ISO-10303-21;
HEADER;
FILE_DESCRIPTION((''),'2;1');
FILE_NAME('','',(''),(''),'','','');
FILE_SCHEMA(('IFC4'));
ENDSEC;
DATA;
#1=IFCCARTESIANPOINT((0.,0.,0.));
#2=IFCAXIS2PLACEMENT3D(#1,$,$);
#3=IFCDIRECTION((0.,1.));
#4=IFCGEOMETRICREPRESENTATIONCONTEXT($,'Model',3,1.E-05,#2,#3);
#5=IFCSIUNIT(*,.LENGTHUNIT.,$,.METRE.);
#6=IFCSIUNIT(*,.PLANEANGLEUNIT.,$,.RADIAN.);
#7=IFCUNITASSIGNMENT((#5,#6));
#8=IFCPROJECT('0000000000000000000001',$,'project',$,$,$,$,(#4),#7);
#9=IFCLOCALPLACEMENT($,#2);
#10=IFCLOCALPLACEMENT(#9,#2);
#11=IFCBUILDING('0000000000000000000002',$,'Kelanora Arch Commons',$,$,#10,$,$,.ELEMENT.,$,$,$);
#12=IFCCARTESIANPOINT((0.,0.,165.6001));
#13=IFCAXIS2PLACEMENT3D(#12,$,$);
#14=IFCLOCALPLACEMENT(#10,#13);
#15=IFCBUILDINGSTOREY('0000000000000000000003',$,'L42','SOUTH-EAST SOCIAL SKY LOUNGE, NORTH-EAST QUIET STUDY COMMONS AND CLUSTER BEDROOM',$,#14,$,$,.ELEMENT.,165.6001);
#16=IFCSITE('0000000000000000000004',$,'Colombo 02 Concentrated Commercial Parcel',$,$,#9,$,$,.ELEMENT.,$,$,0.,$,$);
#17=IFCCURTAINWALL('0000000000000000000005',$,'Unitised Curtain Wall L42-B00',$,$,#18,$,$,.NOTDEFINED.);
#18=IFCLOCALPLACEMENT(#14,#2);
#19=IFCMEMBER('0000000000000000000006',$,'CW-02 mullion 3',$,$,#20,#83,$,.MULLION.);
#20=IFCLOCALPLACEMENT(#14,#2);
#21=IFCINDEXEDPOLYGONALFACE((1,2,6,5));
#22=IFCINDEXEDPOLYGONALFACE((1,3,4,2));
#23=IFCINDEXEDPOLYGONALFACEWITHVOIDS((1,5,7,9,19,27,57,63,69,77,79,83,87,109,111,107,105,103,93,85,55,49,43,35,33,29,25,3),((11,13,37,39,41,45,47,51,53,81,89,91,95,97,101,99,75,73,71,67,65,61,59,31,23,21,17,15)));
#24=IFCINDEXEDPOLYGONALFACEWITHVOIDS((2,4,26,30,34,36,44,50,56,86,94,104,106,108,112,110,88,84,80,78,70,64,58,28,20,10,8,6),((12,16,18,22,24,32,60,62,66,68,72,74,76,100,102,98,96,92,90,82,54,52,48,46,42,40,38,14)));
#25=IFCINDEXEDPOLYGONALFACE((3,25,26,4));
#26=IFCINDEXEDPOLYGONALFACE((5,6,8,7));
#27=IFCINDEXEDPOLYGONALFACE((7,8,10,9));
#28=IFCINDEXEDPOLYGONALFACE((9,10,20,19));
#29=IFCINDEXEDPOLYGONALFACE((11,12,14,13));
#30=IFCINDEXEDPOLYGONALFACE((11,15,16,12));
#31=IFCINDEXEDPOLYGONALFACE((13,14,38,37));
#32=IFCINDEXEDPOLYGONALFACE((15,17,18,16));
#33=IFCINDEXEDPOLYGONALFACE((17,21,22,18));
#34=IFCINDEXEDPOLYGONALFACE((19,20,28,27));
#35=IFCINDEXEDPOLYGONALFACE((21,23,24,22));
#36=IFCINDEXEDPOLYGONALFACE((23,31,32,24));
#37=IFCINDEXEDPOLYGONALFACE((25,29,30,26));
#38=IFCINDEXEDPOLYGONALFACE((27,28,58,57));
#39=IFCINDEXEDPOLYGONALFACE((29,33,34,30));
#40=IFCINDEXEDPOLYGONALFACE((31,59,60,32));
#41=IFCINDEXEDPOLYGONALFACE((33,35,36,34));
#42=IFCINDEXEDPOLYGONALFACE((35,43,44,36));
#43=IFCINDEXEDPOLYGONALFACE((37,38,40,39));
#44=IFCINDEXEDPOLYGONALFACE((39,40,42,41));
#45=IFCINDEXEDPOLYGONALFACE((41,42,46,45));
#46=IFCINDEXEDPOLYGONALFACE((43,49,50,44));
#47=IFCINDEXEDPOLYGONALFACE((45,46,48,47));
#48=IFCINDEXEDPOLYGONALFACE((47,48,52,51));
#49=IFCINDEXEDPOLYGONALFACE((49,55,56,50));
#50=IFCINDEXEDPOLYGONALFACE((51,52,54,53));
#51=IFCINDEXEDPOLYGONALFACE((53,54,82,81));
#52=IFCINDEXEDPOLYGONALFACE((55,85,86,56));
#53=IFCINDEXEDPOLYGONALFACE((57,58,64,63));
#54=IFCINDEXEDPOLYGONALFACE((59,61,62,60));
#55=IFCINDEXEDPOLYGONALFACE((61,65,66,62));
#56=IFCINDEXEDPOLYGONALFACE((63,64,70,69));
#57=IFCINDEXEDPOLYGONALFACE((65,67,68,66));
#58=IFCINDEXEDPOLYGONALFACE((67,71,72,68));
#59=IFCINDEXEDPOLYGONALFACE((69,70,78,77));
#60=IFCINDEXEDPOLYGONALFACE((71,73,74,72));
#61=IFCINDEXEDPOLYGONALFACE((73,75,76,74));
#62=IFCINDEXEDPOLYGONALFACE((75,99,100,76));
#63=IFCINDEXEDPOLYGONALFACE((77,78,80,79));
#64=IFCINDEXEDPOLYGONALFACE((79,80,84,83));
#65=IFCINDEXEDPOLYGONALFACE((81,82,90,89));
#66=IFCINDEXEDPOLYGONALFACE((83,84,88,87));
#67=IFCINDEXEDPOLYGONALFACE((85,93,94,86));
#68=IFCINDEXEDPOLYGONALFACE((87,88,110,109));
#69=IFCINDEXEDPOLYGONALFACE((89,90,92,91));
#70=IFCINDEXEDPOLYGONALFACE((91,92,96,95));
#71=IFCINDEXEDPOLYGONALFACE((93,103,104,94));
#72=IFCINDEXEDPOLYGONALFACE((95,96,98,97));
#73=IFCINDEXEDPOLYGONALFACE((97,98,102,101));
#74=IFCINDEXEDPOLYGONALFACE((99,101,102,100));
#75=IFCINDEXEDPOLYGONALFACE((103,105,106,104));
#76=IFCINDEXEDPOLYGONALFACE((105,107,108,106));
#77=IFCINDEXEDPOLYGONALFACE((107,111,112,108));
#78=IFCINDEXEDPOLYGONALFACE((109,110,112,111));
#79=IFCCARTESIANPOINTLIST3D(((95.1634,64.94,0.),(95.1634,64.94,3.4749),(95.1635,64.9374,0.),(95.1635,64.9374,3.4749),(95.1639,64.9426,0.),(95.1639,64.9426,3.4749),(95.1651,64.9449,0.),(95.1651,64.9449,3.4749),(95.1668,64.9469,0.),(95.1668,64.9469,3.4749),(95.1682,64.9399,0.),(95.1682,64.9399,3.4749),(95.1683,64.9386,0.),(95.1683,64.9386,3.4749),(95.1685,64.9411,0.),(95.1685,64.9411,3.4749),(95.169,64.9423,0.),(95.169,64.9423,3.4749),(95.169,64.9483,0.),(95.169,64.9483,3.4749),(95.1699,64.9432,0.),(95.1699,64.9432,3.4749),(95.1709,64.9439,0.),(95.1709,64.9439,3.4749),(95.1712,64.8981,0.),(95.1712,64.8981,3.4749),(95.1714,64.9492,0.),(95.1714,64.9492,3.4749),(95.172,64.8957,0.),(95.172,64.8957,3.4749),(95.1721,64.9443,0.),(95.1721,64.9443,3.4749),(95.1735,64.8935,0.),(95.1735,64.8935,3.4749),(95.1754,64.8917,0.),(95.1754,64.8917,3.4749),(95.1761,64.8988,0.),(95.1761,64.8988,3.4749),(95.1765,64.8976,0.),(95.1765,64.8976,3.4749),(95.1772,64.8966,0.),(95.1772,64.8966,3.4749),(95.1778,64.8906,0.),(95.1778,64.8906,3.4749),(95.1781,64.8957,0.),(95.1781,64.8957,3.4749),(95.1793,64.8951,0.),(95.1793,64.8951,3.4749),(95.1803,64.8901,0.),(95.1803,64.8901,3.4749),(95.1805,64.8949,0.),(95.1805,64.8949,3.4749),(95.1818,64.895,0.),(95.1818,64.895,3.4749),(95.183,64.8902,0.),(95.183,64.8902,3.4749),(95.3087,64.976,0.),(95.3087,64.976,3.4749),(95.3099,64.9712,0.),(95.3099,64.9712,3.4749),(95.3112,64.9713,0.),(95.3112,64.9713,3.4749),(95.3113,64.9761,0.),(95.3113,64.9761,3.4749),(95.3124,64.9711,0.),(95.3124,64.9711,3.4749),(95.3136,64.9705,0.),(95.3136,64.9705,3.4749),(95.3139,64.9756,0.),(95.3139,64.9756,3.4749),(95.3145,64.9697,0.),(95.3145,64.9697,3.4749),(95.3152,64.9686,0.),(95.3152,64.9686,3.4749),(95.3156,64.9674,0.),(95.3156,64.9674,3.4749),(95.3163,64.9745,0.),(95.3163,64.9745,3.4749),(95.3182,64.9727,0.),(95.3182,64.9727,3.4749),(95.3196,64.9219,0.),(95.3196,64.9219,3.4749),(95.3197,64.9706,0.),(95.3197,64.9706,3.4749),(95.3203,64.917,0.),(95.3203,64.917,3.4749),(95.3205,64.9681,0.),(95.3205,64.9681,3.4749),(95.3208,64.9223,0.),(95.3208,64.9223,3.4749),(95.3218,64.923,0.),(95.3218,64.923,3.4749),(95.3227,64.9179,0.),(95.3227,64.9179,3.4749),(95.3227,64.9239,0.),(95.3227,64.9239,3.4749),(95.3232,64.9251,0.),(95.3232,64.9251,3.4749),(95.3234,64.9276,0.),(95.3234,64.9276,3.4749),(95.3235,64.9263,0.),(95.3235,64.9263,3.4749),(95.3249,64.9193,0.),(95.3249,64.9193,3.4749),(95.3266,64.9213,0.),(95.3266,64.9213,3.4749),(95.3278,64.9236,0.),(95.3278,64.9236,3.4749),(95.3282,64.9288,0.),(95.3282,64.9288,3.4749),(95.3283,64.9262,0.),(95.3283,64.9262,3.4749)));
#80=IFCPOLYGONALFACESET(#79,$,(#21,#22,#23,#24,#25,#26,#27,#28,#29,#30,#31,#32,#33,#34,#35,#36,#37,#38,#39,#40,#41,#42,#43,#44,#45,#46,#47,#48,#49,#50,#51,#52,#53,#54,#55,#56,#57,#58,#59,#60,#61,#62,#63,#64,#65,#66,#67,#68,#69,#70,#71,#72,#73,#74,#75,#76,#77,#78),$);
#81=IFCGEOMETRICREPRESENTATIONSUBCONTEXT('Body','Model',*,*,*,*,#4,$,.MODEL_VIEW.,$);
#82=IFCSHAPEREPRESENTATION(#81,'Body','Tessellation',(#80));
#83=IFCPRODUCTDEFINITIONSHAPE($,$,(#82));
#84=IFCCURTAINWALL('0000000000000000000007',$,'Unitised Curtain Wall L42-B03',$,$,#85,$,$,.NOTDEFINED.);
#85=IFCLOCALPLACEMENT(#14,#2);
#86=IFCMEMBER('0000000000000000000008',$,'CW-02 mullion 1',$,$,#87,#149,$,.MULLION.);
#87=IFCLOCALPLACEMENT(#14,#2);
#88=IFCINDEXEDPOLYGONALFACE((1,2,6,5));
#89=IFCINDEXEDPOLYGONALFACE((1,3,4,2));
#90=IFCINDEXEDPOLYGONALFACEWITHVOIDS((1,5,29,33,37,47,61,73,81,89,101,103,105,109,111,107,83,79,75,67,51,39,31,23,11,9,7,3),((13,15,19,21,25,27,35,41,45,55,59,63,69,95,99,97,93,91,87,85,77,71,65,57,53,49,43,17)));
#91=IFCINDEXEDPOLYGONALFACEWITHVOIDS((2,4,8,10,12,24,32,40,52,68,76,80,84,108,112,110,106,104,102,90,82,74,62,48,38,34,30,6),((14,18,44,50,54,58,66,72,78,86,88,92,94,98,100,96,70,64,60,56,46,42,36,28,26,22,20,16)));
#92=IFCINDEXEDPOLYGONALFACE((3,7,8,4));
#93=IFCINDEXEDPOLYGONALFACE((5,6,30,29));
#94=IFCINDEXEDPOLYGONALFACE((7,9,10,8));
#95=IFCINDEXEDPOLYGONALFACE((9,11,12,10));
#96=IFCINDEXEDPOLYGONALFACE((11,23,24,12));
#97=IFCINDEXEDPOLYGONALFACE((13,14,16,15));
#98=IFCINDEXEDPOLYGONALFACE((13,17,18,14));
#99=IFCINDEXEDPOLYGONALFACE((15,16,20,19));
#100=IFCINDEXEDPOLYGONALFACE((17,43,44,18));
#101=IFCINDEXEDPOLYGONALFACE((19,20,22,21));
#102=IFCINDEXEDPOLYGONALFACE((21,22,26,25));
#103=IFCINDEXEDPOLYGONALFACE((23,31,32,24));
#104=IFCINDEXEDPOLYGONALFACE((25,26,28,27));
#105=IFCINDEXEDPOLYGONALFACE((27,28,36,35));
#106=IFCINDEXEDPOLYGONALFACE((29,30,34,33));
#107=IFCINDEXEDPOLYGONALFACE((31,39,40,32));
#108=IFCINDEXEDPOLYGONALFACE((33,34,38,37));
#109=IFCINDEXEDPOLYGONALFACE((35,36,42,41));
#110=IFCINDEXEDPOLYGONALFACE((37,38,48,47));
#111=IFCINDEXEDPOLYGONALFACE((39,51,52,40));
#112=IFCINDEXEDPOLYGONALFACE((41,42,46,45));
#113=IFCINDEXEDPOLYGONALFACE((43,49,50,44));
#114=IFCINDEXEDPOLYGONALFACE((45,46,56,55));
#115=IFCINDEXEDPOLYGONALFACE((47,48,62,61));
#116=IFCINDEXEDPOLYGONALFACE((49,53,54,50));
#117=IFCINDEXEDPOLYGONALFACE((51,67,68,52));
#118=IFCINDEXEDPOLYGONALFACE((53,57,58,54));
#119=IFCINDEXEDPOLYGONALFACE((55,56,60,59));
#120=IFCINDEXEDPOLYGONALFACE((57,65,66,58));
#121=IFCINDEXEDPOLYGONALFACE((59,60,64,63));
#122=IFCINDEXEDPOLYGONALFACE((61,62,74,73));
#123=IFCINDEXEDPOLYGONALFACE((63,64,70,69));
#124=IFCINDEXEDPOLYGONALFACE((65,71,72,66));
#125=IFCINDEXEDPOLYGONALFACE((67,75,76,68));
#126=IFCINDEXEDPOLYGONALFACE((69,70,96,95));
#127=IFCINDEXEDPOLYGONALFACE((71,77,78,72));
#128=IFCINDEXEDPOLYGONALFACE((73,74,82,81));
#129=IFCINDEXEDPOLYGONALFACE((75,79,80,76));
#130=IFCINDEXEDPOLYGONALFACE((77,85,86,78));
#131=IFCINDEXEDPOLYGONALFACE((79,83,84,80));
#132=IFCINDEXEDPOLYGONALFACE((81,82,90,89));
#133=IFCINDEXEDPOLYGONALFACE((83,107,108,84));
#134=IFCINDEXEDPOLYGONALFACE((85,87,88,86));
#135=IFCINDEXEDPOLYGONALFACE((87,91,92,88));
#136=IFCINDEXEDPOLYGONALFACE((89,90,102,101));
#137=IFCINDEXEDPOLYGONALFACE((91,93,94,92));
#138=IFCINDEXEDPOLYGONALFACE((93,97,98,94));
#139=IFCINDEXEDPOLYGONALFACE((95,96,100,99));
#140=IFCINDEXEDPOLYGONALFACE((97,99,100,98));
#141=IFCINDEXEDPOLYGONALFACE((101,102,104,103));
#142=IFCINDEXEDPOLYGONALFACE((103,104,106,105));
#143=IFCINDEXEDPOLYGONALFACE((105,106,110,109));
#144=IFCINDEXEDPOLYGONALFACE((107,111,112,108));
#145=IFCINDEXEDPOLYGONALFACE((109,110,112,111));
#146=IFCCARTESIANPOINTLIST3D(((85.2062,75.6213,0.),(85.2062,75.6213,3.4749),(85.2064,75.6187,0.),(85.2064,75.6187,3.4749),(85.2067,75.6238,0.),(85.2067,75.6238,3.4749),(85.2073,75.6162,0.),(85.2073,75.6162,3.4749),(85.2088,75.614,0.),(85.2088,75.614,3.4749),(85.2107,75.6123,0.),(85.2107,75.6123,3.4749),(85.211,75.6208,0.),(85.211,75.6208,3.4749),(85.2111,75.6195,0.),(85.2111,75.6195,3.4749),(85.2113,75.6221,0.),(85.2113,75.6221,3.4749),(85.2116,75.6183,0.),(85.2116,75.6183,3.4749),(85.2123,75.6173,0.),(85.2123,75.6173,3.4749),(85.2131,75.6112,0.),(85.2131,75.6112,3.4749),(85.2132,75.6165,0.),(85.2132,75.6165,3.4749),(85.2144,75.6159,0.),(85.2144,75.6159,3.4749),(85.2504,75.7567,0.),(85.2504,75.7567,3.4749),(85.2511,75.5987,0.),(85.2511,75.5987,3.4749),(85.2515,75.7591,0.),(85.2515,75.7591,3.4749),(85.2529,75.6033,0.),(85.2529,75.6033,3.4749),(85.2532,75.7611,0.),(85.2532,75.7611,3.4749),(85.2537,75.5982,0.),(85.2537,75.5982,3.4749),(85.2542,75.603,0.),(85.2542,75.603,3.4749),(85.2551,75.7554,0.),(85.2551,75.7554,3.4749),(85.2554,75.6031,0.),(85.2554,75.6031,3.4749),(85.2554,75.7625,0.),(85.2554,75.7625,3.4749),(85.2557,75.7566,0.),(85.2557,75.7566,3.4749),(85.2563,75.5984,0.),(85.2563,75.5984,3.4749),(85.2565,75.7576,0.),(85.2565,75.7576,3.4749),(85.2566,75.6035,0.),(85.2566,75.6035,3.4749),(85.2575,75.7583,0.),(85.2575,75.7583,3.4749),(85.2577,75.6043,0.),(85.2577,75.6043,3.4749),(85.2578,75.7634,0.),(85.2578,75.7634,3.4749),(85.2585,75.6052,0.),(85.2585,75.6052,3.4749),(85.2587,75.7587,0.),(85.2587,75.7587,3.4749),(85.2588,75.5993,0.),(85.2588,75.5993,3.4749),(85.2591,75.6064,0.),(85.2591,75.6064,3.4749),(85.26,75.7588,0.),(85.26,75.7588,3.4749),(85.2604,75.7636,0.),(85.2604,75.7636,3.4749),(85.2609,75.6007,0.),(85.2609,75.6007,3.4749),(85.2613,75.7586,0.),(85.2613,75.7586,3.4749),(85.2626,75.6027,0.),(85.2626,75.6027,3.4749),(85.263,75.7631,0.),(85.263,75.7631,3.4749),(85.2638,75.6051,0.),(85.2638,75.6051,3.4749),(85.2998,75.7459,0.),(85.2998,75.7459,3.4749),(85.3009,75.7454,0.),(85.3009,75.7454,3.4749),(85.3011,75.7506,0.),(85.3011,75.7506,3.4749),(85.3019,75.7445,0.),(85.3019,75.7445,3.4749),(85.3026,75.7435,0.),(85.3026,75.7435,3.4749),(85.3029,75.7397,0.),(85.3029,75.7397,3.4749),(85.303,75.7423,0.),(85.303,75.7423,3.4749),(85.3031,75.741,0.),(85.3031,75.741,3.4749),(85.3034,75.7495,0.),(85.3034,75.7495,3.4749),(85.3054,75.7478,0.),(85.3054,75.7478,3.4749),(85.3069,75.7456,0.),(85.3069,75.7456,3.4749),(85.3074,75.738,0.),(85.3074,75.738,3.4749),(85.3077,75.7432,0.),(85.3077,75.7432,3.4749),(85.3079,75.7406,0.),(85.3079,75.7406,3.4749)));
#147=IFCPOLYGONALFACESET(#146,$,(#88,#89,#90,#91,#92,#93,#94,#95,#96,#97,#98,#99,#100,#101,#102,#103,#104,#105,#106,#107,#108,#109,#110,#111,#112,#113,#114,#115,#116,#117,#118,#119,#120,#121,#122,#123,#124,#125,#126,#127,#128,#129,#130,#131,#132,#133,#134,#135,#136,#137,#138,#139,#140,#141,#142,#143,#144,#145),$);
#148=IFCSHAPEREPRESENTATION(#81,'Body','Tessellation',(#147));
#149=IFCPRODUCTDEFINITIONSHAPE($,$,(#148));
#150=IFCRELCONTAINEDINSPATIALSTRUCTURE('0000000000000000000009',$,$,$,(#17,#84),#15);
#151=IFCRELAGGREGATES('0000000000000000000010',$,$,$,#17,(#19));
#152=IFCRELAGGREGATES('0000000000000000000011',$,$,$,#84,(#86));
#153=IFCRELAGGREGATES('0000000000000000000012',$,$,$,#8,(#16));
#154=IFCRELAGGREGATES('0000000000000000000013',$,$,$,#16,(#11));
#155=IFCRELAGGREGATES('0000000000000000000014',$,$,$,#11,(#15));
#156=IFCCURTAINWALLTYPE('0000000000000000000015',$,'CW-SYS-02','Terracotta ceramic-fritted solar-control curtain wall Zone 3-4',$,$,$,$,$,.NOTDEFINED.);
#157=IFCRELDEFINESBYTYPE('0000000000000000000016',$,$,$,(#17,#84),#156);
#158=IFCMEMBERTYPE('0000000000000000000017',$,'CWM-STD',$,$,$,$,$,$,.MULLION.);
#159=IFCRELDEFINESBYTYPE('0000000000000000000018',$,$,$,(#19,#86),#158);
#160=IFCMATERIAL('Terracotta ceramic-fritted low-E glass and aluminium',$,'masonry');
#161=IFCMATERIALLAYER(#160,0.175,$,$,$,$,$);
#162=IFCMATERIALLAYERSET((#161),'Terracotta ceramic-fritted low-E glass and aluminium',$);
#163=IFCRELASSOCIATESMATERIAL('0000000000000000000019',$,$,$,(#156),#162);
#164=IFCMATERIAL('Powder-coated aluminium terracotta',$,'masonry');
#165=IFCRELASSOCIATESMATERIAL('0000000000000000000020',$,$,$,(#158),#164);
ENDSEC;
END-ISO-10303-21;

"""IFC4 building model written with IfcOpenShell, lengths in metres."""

from ifc_helpers import new_model, si_unit, direction, frame, origin, origin_2d, place, context, subcontext, project, spatial, hollow_rectangle, extrude, material, layer, layer_set, material_profile, profile_set, type_object, element, aggregate, save


model = new_model("IFC4")

# Units and contexts
model_context = context("Model", 3, precision=1e-05, world=origin(), true_north=direction((0.0, 1.0)))
body_context = subcontext(model_context, "Body", "Model", "MODEL_VIEW")
ifc_project = project(units=[si_unit("LENGTHUNIT", "METRE"), si_unit("PLANEANGLEUNIT", "RADIAN")], contexts=[model_context])

# Site, building, storey
site_placement = place(None, origin())
site = spatial("IfcSite", under=ifc_project, at=site_placement, Name="Colombo 02 Concentrated Commercial Parcel", CompositionType="ELEMENT", RefElevation=0.0)
building_placement = place(site_placement, origin())
building = spatial("IfcBuilding", under=site, at=building_placement, Name="Kelanora Arch Commons", CompositionType="ELEMENT")
storey_placement = place(building_placement, frame((0.0, 0.0, 165.6001)))
storey = spatial("IfcBuildingStorey", under=building, at=storey_placement, Name="L42", Description="SOUTH-EAST SOCIAL SKY LOUNGE, NORTH-EAST QUIET STUDY COMMONS AND CLUSTER BEDROOM", CompositionType="ELEMENT", Elevation=165.6001)

# Curtain wall, member
ifc_material_1 = material(Name="Terracotta ceramic-fritted low-E glass and aluminium", Category="masonry")
ifc_layer_1 = layer(ifc_material_1, 0.175)
ifc_layer_set_1 = layer_set([ifc_layer_1], Name="Terracotta ceramic-fritted low-E glass and aluminium")
curtain_wall_type = type_object("IfcCurtainWallType", Name="CW-SYS-02", Description="Terracotta ceramic-fritted solar-control curtain wall Zone 3-4", PredefinedType="NOTDEFINED", material=ifc_layer_set_1)
curtain_wall_1_placement = place(storey_placement, origin())
curtain_wall_1 = element("IfcCurtainWall", 1, at=curtain_wall_1_placement, inside=storey, type_object=curtain_wall_type, Name="Unitised Curtain Wall L42-B00", PredefinedType="NOTDEFINED")
ifc_material_2 = material(Name="Powder-coated aluminium terracotta", Category="masonry")
ifc_material_profile_1 = material_profile(ifc_material_2, hollow_rectangle(XDim=0.1599, YDim=0.0601, WallThickness=0.0049, InnerFilletRadius=0.0049, OuterFilletRadius=0.01, at=origin_2d()), Name="CWM160x60")
ifc_profile_set_1 = profile_set([ifc_material_profile_1], Name="Powder-coated aluminium terracotta")
member_type_1 = type_object("IfcMemberType", Name="CWM-STD", PredefinedType="MULLION", material=ifc_profile_set_1)
member_1_placement = place(storey_placement, frame((95.2458, 64.9331, 0.0), z_axis=(0.0, 0.0, 1.0), x_axis=(-0.981453, -0.191705, 0.0)))
member_1 = element("IfcMember", 2, at=member_1_placement, type_object=member_type_1, Name="CW-02 mullion 3", PredefinedType="MULLION", context=body_context, shape_type="SweptSolid", body=[
    extrude(hollow_rectangle(XDim=0.1599, YDim=0.0601, WallThickness=0.0049, InnerFilletRadius=0.0049, OuterFilletRadius=0.01, at=origin_2d()), origin(), (0.0, 0.0, 1.0), 3.4749),
])
aggregate(curtain_wall_1, [member_1])

# Curtain wall, member
curtain_wall_2_placement = place(storey_placement, origin())
curtain_wall_2 = element("IfcCurtainWall", 3, at=curtain_wall_2_placement, inside=storey, type_object=curtain_wall_type, Name="Unitised Curtain Wall L42-B03", PredefinedType="NOTDEFINED")
member_2_placement = place(storey_placement, frame((85.2571, 75.6809, 0.0), z_axis=(0.0, 0.0, 1.0), x_axis=(-0.312128, -0.95004, 0.0)))
member_2 = element("IfcMember", 4, at=member_2_placement, type_object=member_type_1, Name="CW-02 mullion 1", PredefinedType="MULLION", context=body_context, shape_type="SweptSolid", body=[
    extrude(hollow_rectangle(XDim=0.1599, YDim=0.0601, WallThickness=0.0049, InnerFilletRadius=0.0049, OuterFilletRadius=0.01, at=origin_2d()), origin(), (0.0, 0.0, 1.0), 3.4749),
])
aggregate(curtain_wall_2, [member_2])

save(model, "model.ifc")
